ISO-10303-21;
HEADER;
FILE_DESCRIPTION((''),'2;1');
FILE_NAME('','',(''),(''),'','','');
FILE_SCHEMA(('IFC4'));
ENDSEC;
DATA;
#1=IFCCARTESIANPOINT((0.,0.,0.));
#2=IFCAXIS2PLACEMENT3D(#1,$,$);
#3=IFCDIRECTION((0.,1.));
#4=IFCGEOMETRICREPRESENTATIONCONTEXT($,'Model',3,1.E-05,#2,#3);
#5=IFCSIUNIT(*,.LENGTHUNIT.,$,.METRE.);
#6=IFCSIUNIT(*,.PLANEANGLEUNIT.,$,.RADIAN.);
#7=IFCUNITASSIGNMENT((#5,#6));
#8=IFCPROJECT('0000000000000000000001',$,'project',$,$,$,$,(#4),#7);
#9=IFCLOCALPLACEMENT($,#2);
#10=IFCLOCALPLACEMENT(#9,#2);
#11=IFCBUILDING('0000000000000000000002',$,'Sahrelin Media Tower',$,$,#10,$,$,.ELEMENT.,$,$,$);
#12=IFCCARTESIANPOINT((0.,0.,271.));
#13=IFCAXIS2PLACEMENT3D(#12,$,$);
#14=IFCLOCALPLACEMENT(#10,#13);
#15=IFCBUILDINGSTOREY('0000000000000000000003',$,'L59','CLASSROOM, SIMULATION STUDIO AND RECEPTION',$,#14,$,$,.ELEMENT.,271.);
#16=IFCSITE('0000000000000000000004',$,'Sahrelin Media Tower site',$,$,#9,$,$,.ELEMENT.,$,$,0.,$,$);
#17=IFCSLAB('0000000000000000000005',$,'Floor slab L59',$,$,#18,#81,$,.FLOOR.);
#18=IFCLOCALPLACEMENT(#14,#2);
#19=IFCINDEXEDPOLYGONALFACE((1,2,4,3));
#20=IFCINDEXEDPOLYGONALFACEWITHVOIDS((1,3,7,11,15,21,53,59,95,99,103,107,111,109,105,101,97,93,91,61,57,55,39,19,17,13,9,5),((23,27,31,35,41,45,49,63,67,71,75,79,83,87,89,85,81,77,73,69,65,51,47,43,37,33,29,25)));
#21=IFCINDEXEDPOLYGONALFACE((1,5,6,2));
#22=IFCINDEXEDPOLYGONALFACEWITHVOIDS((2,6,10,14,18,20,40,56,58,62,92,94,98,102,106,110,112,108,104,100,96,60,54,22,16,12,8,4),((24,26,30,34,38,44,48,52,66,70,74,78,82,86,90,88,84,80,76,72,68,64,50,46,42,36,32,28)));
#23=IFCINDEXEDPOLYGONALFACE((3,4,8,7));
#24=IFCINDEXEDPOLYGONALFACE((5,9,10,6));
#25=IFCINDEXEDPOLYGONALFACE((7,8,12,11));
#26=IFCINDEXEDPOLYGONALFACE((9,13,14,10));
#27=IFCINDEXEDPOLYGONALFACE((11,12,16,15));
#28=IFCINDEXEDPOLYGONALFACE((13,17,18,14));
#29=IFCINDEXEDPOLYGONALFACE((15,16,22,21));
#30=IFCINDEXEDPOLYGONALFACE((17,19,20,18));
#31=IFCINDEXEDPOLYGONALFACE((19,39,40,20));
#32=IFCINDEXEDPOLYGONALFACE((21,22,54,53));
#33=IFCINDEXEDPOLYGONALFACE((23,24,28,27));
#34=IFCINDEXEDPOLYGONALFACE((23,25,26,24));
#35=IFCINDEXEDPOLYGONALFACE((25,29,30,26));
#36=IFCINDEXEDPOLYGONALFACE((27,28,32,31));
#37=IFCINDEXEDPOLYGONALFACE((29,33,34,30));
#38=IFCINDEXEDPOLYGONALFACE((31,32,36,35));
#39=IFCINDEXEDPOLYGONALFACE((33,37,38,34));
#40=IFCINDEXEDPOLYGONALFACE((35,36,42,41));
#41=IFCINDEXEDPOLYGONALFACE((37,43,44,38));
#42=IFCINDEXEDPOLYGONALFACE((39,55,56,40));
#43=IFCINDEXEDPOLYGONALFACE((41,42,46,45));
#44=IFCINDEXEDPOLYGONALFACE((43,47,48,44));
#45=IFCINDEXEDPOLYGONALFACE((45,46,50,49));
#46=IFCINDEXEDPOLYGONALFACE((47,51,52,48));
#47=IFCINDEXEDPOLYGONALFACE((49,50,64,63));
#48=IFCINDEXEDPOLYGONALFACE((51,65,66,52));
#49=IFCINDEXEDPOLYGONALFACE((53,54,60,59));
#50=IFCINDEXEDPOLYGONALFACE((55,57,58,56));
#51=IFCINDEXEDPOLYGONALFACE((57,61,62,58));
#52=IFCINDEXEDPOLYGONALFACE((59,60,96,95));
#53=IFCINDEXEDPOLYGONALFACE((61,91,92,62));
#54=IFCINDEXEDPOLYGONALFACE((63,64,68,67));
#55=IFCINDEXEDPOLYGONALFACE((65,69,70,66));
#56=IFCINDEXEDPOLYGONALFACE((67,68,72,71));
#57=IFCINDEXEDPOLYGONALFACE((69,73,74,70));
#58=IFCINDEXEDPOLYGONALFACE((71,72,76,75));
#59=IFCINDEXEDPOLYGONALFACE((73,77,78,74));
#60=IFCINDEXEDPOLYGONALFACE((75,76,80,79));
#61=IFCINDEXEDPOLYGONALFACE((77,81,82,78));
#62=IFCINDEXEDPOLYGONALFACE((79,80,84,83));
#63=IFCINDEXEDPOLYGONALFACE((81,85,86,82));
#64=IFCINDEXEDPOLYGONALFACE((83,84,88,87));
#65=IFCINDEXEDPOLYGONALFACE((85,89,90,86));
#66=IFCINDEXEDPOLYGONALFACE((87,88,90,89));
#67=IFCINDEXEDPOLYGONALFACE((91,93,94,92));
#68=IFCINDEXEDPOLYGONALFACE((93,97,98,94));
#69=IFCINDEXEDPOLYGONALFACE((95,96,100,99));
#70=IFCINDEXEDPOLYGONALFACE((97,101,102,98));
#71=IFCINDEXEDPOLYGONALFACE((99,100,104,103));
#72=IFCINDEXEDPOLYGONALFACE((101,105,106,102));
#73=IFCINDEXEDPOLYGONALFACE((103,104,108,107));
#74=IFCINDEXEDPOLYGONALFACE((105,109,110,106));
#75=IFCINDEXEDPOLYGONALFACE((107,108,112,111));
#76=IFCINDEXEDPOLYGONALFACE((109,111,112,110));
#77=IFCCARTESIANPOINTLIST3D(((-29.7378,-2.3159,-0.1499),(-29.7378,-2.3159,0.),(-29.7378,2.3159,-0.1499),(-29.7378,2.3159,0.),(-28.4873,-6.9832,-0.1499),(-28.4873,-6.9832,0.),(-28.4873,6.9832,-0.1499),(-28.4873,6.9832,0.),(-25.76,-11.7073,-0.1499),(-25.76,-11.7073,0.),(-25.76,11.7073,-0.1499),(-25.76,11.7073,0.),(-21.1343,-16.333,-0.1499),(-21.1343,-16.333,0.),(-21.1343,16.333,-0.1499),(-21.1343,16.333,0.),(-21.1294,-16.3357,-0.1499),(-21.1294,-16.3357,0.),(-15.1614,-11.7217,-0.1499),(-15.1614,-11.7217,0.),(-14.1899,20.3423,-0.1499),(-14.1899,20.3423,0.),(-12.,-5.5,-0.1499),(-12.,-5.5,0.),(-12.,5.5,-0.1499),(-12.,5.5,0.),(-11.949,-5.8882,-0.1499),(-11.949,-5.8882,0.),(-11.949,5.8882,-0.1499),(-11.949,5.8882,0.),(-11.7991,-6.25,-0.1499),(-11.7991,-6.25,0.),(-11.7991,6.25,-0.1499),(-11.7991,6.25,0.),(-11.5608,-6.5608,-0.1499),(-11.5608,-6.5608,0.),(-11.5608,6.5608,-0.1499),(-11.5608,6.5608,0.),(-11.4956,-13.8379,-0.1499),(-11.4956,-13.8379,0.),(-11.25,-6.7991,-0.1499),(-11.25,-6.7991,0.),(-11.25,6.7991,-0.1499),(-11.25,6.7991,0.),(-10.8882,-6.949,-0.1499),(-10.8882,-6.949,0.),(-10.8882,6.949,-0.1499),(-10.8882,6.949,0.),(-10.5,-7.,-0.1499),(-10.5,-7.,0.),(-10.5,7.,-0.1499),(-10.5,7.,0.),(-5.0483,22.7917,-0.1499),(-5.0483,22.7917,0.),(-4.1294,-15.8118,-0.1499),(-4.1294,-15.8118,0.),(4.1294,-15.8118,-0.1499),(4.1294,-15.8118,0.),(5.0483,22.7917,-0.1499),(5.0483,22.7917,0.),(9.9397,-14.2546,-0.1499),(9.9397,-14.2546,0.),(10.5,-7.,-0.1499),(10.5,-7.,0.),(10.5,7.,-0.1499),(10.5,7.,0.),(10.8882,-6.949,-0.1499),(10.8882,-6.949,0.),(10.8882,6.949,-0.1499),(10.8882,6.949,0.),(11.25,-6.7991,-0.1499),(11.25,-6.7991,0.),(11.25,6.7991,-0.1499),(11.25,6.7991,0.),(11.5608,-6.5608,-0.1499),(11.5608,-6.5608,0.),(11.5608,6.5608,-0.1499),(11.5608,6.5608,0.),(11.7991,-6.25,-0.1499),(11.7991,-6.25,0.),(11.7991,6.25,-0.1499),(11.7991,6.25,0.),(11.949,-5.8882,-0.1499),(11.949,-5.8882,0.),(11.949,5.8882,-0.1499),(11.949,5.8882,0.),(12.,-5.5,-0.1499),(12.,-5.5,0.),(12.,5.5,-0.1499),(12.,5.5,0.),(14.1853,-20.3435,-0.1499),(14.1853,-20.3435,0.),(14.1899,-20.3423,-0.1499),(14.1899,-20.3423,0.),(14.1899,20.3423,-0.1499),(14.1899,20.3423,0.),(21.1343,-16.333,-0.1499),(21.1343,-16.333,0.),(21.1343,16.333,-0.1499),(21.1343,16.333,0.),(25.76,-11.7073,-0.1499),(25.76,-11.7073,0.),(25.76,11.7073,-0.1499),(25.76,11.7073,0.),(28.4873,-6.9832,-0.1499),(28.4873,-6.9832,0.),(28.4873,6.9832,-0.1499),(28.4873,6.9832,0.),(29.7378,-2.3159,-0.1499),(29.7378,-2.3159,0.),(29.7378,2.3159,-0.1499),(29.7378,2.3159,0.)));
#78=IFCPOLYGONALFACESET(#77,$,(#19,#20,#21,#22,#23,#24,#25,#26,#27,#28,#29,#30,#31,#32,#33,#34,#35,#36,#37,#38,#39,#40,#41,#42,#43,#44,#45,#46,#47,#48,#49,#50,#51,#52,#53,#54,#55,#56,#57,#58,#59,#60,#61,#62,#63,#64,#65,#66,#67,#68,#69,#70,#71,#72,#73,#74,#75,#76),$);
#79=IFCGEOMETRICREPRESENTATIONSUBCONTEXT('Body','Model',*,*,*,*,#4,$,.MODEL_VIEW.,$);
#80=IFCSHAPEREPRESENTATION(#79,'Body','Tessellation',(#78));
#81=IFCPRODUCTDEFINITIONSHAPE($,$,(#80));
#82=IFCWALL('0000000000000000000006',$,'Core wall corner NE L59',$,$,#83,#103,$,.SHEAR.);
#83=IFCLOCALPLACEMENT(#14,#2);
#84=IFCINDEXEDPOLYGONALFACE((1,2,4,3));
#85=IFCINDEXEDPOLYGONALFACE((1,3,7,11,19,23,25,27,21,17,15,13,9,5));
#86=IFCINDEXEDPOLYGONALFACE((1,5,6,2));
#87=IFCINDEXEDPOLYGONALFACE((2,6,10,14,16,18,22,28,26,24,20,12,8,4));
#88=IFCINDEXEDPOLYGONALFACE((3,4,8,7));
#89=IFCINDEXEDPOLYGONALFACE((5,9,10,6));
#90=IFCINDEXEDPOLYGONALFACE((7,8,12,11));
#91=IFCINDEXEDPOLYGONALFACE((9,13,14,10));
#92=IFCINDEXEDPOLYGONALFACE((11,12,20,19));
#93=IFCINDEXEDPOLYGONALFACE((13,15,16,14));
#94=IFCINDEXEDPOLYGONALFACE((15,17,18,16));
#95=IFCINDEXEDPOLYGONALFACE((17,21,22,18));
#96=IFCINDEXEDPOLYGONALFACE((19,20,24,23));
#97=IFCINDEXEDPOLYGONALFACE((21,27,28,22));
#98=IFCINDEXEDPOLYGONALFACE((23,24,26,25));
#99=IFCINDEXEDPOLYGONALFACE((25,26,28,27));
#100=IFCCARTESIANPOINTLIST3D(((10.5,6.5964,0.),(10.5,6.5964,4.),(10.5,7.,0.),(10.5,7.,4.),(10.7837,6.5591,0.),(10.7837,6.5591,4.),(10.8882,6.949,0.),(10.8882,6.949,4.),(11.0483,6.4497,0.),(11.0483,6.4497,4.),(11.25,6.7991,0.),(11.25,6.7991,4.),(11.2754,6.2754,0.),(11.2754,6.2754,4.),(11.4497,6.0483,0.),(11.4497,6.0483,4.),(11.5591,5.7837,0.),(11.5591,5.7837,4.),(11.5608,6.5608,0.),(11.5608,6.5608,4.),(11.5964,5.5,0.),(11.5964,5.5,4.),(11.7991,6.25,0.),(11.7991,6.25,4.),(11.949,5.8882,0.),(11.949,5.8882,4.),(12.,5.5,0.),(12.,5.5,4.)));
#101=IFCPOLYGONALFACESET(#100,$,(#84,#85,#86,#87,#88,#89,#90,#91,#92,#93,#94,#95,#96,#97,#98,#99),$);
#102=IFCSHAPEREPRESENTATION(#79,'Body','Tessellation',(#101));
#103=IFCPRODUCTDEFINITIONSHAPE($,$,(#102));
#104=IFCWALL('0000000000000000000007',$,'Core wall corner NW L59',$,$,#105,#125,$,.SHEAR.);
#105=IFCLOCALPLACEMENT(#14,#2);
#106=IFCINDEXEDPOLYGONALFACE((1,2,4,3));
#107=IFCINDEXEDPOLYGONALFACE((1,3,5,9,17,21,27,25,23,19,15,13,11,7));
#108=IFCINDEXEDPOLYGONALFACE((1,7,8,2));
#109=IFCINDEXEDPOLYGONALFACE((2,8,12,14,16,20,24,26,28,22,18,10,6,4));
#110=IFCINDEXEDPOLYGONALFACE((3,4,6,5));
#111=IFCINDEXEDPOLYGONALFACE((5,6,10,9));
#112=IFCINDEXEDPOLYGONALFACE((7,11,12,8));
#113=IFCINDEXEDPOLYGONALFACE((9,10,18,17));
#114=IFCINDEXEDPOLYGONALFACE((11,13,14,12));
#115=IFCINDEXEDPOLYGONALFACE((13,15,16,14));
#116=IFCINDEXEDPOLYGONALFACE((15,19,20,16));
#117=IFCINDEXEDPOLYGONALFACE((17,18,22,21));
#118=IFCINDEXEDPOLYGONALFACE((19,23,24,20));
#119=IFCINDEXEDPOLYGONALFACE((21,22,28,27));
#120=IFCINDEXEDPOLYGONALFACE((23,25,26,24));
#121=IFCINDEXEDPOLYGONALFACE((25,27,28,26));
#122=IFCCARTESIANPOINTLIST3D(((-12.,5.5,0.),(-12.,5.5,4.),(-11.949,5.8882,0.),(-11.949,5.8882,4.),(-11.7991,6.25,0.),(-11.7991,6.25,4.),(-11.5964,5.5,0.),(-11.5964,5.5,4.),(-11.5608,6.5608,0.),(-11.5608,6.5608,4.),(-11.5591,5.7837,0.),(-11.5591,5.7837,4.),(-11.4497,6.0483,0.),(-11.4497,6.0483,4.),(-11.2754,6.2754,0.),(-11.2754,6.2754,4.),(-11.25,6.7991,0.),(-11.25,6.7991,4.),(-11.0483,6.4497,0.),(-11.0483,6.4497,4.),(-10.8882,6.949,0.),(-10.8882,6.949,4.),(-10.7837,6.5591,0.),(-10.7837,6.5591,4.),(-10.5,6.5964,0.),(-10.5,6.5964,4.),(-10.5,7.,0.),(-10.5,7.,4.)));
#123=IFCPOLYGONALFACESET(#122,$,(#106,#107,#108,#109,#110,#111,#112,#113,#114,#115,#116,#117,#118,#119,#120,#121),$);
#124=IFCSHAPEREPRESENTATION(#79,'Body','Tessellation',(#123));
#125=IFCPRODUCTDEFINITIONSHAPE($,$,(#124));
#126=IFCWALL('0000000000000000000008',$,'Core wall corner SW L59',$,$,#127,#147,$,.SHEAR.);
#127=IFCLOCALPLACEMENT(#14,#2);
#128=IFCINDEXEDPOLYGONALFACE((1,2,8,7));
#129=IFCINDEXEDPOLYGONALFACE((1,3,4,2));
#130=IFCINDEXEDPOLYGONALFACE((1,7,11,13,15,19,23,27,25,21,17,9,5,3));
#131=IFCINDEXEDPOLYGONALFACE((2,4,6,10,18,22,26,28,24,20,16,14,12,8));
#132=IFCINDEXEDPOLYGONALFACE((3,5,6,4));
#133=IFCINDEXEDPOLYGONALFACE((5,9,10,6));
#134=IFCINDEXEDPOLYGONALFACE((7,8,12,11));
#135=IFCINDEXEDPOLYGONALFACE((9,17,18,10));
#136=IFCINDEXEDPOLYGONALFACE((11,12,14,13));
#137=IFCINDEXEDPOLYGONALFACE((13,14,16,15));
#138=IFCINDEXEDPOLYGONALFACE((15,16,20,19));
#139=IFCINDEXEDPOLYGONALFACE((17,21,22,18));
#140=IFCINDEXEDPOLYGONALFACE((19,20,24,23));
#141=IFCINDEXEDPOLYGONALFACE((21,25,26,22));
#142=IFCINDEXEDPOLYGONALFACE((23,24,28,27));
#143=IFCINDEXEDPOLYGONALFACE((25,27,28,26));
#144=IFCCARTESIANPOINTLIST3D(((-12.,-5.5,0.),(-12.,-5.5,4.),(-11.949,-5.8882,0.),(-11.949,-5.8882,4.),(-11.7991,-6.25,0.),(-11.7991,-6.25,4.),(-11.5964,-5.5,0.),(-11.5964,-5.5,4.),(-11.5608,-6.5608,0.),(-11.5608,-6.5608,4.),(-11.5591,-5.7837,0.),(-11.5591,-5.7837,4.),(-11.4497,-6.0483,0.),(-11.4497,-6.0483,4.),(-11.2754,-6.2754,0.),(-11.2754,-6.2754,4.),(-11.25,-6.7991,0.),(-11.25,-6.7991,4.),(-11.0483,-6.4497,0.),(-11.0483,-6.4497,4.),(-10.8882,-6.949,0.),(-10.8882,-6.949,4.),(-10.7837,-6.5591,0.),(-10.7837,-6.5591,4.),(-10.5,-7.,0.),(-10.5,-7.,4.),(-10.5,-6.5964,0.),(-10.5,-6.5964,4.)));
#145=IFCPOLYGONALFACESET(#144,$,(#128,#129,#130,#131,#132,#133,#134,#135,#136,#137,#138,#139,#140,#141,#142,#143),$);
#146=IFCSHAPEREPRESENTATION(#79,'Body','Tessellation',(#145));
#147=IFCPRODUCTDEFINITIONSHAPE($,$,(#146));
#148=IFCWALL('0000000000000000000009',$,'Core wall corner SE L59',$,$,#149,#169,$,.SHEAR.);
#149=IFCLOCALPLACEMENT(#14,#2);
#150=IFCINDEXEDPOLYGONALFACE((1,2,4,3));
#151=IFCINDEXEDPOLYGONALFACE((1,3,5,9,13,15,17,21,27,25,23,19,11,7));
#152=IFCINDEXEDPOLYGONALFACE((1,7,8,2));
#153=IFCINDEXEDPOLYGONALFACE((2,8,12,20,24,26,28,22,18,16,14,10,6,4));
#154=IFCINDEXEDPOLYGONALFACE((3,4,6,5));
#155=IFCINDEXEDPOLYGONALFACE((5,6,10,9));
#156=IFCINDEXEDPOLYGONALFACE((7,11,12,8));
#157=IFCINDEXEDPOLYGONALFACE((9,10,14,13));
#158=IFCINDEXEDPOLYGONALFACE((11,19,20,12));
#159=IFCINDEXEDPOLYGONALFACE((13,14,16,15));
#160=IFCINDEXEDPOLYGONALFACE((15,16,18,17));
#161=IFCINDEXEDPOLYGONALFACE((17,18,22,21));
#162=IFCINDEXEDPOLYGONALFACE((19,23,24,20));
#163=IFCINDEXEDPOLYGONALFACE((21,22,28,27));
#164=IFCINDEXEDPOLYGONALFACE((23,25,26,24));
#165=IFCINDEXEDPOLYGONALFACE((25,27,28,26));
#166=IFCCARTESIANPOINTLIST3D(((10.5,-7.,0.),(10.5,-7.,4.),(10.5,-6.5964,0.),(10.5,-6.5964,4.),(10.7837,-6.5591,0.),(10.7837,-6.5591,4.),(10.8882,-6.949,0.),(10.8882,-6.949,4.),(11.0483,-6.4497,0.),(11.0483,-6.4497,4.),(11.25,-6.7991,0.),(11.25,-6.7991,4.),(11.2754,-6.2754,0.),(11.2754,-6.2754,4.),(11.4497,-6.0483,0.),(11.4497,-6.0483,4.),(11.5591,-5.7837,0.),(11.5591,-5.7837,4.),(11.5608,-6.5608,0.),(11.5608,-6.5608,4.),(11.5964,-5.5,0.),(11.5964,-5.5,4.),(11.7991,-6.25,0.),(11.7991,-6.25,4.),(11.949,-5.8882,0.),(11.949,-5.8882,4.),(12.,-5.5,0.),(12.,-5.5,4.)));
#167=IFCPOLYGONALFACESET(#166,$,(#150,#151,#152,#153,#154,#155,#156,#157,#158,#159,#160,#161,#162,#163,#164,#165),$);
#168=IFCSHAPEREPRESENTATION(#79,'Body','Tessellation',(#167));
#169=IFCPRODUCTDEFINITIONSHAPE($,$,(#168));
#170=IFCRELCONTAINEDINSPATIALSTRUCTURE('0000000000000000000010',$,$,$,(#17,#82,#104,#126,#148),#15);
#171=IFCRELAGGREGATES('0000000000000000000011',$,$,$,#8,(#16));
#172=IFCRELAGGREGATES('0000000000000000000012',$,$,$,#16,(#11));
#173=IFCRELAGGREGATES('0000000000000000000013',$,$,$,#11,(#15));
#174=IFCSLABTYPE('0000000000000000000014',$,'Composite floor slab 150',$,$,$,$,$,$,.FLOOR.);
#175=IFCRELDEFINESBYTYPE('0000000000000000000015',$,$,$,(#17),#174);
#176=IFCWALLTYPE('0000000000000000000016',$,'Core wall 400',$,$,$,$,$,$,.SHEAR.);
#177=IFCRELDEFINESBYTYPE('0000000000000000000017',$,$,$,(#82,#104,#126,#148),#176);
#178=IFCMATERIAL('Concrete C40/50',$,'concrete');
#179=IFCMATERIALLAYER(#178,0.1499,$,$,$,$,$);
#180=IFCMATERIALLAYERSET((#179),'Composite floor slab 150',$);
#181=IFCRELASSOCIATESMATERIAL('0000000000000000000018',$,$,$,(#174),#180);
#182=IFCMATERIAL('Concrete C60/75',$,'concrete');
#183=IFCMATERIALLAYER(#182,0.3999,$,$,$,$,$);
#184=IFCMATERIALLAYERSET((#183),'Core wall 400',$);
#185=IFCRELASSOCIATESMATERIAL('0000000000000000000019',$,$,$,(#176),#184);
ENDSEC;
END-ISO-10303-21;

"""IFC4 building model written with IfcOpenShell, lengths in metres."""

from ifc_helpers import new_model, si_unit, direction, frame, origin, place, context, subcontext, project, spatial, polyline, outline, extrude, material, layer, layer_set, type_object, element, save


model = new_model("IFC4")

# Units and contexts
model_context = context("Model", 3, precision=1e-05, world=origin(), true_north=direction((0.0, 1.0)))
body_context = subcontext(model_context, "Body", "Model", "MODEL_VIEW")
ifc_project = project(units=[si_unit("LENGTHUNIT", "METRE"), si_unit("PLANEANGLEUNIT", "RADIAN")], contexts=[model_context])

# Site, building, storey
site_placement = place(None, origin())
site = spatial("IfcSite", under=ifc_project, at=site_placement, Name="Sahrelin Media Tower site", CompositionType="ELEMENT", RefElevation=0.0)
building_placement = place(site_placement, origin())
building = spatial("IfcBuilding", under=site, at=building_placement, Name="Sahrelin Media Tower", CompositionType="ELEMENT")
storey_placement = place(building_placement, frame((0.0, 0.0, 271.0)))
storey = spatial("IfcBuildingStorey", under=building, at=storey_placement, Name="L59", Description="CLASSROOM, SIMULATION STUDIO AND RECEPTION", CompositionType="ELEMENT", Elevation=271.0)

# Slab
ifc_material_1 = material(Name="Concrete C40/50", Category="concrete")
ifc_layer_1 = layer(ifc_material_1, 0.1499)
ifc_layer_set_1 = layer_set([ifc_layer_1], Name="Composite floor slab 150")
slab_type = type_object("IfcSlabType", Name="Composite floor slab 150", PredefinedType="FLOOR", material=ifc_layer_set_1)
slab_placement = place(storey_placement, frame((0.0, 0.0, -0.1499)))
element("IfcSlab", 1, at=slab_placement, inside=storey, type_object=slab_type, Name="Floor slab L59", PredefinedType="FLOOR", context=body_context, shape_type="SweptSolid", body=[
    extrude(outline(polyline([(28.4873, -6.9832), (29.7378, -2.3159), (29.7378, 2.3159), (28.4873, 6.9832), (25.76, 11.7073), (21.1343, 16.333), (14.1899, 20.3423), (5.0483, 22.7917), (-5.0483, 22.7917), (-14.1899, 20.3423), (-21.1343, 16.333), (-25.76, 11.7073), (-28.4873, 6.9832), (-29.7378, 2.3159), (-29.7378, -2.3159), (-28.4873, -6.9832), (-25.76, -11.7073), (-21.1343, -16.333), (-21.1294, -16.3357), (-15.1614, -11.7217), (-11.4956, -13.8379), (-4.1294, -15.8118), (4.1294, -15.8118), (9.9397, -14.2546), (14.1853, -20.3435), (14.1899, -20.3423), (21.1343, -16.333), (25.76, -11.7073), (28.4873, -6.9832)]), holes=[polyline([(11.7991, 6.25), (11.949, 5.8882), (12.0, 5.5), (12.0, -5.5), (11.949, -5.8882), (11.7991, -6.25), (11.5608, -6.5608), (11.25, -6.7991), (10.8882, -6.949), (10.5, -7.0), (-10.5, -7.0), (-10.8882, -6.949), (-11.25, -6.7991), (-11.5608, -6.5608), (-11.7991, -6.25), (-11.949, -5.8882), (-12.0, -5.5), (-12.0, 5.5), (-11.949, 5.8882), (-11.7991, 6.25), (-11.5608, 6.5608), (-11.25, 6.7991), (-10.8882, 6.949), (-10.5, 7.0), (10.5, 7.0), (10.8882, 6.949), (11.25, 6.7991), (11.5608, 6.5608), (11.7991, 6.25)])]), origin(), (0.0, 0.0, 1.0), 0.1499),
])

# Walls
ifc_material_2 = material(Name="Concrete C60/75", Category="concrete")
ifc_layer_2 = layer(ifc_material_2, 0.3999)
ifc_layer_set_2 = layer_set([ifc_layer_2], Name="Core wall 400")
wall_type_1 = type_object("IfcWallType", Name="Core wall 400", PredefinedType="SHEAR", material=ifc_layer_set_2)
placement = place(storey_placement, origin())
element("IfcWall", 2, at=placement, inside=storey, type_object=wall_type_1, Name="Core wall corner NE L59", PredefinedType="SHEAR", context=body_context, shape_type="SweptSolid", body=[
    extrude(outline(polyline([(10.5, 7.0), (10.5, 6.5964), (10.7837, 6.5591), (11.0483, 6.4497), (11.2754, 6.2754), (11.4497, 6.0483), (11.5591, 5.7837), (11.5964, 5.5), (12.0, 5.5), (11.949, 5.8882), (11.7991, 6.25), (11.5608, 6.5608), (11.25, 6.7991), (10.8882, 6.949), (10.5, 7.0)])), origin(), (0.0, 0.0, 1.0), 4.0),
])
element("IfcWall", 3, at=placement, inside=storey, type_object=wall_type_1, Name="Core wall corner NW L59", PredefinedType="SHEAR", context=body_context, shape_type="SweptSolid", body=[
    extrude(outline(polyline([(-12.0, 5.5), (-11.5964, 5.5), (-11.5591, 5.7837), (-11.4497, 6.0483), (-11.2754, 6.2754), (-11.0483, 6.4497), (-10.7837, 6.5591), (-10.5, 6.5964), (-10.5, 7.0), (-10.8882, 6.949), (-11.25, 6.7991), (-11.5608, 6.5608), (-11.7991, 6.25), (-11.949, 5.8882), (-12.0, 5.5)])), origin(), (0.0, 0.0, 1.0), 4.0),
])
element("IfcWall", 4, at=placement, inside=storey, type_object=wall_type_1, Name="Core wall corner SW L59", PredefinedType="SHEAR", context=body_context, shape_type="SweptSolid", body=[
    extrude(outline(polyline([(-10.5, -7.0), (-10.5, -6.5964), (-10.7837, -6.5591), (-11.0483, -6.4497), (-11.2754, -6.2754), (-11.4497, -6.0483), (-11.5591, -5.7837), (-11.5964, -5.5), (-12.0, -5.5), (-11.949, -5.8882), (-11.7991, -6.25), (-11.5608, -6.5608), (-11.25, -6.7991), (-10.8882, -6.949), (-10.5, -7.0)])), origin(), (0.0, 0.0, 1.0), 4.0),
])
element("IfcWall", 5, at=placement, inside=storey, type_object=wall_type_1, Name="Core wall corner SE L59", PredefinedType="SHEAR", context=body_context, shape_type="SweptSolid", body=[
    extrude(outline(polyline([(12.0, -5.5), (11.5964, -5.5), (11.5591, -5.7837), (11.4497, -6.0483), (11.2754, -6.2754), (11.0483, -6.4497), (10.7837, -6.5591), (10.5, -6.5964), (10.5, -7.0), (10.8882, -6.949), (11.25, -6.7991), (11.5608, -6.5608), (11.7991, -6.25), (11.949, -5.8882), (12.0, -5.5)])), origin(), (0.0, 0.0, 1.0), 4.0),
])

save(model, "model.ifc")
